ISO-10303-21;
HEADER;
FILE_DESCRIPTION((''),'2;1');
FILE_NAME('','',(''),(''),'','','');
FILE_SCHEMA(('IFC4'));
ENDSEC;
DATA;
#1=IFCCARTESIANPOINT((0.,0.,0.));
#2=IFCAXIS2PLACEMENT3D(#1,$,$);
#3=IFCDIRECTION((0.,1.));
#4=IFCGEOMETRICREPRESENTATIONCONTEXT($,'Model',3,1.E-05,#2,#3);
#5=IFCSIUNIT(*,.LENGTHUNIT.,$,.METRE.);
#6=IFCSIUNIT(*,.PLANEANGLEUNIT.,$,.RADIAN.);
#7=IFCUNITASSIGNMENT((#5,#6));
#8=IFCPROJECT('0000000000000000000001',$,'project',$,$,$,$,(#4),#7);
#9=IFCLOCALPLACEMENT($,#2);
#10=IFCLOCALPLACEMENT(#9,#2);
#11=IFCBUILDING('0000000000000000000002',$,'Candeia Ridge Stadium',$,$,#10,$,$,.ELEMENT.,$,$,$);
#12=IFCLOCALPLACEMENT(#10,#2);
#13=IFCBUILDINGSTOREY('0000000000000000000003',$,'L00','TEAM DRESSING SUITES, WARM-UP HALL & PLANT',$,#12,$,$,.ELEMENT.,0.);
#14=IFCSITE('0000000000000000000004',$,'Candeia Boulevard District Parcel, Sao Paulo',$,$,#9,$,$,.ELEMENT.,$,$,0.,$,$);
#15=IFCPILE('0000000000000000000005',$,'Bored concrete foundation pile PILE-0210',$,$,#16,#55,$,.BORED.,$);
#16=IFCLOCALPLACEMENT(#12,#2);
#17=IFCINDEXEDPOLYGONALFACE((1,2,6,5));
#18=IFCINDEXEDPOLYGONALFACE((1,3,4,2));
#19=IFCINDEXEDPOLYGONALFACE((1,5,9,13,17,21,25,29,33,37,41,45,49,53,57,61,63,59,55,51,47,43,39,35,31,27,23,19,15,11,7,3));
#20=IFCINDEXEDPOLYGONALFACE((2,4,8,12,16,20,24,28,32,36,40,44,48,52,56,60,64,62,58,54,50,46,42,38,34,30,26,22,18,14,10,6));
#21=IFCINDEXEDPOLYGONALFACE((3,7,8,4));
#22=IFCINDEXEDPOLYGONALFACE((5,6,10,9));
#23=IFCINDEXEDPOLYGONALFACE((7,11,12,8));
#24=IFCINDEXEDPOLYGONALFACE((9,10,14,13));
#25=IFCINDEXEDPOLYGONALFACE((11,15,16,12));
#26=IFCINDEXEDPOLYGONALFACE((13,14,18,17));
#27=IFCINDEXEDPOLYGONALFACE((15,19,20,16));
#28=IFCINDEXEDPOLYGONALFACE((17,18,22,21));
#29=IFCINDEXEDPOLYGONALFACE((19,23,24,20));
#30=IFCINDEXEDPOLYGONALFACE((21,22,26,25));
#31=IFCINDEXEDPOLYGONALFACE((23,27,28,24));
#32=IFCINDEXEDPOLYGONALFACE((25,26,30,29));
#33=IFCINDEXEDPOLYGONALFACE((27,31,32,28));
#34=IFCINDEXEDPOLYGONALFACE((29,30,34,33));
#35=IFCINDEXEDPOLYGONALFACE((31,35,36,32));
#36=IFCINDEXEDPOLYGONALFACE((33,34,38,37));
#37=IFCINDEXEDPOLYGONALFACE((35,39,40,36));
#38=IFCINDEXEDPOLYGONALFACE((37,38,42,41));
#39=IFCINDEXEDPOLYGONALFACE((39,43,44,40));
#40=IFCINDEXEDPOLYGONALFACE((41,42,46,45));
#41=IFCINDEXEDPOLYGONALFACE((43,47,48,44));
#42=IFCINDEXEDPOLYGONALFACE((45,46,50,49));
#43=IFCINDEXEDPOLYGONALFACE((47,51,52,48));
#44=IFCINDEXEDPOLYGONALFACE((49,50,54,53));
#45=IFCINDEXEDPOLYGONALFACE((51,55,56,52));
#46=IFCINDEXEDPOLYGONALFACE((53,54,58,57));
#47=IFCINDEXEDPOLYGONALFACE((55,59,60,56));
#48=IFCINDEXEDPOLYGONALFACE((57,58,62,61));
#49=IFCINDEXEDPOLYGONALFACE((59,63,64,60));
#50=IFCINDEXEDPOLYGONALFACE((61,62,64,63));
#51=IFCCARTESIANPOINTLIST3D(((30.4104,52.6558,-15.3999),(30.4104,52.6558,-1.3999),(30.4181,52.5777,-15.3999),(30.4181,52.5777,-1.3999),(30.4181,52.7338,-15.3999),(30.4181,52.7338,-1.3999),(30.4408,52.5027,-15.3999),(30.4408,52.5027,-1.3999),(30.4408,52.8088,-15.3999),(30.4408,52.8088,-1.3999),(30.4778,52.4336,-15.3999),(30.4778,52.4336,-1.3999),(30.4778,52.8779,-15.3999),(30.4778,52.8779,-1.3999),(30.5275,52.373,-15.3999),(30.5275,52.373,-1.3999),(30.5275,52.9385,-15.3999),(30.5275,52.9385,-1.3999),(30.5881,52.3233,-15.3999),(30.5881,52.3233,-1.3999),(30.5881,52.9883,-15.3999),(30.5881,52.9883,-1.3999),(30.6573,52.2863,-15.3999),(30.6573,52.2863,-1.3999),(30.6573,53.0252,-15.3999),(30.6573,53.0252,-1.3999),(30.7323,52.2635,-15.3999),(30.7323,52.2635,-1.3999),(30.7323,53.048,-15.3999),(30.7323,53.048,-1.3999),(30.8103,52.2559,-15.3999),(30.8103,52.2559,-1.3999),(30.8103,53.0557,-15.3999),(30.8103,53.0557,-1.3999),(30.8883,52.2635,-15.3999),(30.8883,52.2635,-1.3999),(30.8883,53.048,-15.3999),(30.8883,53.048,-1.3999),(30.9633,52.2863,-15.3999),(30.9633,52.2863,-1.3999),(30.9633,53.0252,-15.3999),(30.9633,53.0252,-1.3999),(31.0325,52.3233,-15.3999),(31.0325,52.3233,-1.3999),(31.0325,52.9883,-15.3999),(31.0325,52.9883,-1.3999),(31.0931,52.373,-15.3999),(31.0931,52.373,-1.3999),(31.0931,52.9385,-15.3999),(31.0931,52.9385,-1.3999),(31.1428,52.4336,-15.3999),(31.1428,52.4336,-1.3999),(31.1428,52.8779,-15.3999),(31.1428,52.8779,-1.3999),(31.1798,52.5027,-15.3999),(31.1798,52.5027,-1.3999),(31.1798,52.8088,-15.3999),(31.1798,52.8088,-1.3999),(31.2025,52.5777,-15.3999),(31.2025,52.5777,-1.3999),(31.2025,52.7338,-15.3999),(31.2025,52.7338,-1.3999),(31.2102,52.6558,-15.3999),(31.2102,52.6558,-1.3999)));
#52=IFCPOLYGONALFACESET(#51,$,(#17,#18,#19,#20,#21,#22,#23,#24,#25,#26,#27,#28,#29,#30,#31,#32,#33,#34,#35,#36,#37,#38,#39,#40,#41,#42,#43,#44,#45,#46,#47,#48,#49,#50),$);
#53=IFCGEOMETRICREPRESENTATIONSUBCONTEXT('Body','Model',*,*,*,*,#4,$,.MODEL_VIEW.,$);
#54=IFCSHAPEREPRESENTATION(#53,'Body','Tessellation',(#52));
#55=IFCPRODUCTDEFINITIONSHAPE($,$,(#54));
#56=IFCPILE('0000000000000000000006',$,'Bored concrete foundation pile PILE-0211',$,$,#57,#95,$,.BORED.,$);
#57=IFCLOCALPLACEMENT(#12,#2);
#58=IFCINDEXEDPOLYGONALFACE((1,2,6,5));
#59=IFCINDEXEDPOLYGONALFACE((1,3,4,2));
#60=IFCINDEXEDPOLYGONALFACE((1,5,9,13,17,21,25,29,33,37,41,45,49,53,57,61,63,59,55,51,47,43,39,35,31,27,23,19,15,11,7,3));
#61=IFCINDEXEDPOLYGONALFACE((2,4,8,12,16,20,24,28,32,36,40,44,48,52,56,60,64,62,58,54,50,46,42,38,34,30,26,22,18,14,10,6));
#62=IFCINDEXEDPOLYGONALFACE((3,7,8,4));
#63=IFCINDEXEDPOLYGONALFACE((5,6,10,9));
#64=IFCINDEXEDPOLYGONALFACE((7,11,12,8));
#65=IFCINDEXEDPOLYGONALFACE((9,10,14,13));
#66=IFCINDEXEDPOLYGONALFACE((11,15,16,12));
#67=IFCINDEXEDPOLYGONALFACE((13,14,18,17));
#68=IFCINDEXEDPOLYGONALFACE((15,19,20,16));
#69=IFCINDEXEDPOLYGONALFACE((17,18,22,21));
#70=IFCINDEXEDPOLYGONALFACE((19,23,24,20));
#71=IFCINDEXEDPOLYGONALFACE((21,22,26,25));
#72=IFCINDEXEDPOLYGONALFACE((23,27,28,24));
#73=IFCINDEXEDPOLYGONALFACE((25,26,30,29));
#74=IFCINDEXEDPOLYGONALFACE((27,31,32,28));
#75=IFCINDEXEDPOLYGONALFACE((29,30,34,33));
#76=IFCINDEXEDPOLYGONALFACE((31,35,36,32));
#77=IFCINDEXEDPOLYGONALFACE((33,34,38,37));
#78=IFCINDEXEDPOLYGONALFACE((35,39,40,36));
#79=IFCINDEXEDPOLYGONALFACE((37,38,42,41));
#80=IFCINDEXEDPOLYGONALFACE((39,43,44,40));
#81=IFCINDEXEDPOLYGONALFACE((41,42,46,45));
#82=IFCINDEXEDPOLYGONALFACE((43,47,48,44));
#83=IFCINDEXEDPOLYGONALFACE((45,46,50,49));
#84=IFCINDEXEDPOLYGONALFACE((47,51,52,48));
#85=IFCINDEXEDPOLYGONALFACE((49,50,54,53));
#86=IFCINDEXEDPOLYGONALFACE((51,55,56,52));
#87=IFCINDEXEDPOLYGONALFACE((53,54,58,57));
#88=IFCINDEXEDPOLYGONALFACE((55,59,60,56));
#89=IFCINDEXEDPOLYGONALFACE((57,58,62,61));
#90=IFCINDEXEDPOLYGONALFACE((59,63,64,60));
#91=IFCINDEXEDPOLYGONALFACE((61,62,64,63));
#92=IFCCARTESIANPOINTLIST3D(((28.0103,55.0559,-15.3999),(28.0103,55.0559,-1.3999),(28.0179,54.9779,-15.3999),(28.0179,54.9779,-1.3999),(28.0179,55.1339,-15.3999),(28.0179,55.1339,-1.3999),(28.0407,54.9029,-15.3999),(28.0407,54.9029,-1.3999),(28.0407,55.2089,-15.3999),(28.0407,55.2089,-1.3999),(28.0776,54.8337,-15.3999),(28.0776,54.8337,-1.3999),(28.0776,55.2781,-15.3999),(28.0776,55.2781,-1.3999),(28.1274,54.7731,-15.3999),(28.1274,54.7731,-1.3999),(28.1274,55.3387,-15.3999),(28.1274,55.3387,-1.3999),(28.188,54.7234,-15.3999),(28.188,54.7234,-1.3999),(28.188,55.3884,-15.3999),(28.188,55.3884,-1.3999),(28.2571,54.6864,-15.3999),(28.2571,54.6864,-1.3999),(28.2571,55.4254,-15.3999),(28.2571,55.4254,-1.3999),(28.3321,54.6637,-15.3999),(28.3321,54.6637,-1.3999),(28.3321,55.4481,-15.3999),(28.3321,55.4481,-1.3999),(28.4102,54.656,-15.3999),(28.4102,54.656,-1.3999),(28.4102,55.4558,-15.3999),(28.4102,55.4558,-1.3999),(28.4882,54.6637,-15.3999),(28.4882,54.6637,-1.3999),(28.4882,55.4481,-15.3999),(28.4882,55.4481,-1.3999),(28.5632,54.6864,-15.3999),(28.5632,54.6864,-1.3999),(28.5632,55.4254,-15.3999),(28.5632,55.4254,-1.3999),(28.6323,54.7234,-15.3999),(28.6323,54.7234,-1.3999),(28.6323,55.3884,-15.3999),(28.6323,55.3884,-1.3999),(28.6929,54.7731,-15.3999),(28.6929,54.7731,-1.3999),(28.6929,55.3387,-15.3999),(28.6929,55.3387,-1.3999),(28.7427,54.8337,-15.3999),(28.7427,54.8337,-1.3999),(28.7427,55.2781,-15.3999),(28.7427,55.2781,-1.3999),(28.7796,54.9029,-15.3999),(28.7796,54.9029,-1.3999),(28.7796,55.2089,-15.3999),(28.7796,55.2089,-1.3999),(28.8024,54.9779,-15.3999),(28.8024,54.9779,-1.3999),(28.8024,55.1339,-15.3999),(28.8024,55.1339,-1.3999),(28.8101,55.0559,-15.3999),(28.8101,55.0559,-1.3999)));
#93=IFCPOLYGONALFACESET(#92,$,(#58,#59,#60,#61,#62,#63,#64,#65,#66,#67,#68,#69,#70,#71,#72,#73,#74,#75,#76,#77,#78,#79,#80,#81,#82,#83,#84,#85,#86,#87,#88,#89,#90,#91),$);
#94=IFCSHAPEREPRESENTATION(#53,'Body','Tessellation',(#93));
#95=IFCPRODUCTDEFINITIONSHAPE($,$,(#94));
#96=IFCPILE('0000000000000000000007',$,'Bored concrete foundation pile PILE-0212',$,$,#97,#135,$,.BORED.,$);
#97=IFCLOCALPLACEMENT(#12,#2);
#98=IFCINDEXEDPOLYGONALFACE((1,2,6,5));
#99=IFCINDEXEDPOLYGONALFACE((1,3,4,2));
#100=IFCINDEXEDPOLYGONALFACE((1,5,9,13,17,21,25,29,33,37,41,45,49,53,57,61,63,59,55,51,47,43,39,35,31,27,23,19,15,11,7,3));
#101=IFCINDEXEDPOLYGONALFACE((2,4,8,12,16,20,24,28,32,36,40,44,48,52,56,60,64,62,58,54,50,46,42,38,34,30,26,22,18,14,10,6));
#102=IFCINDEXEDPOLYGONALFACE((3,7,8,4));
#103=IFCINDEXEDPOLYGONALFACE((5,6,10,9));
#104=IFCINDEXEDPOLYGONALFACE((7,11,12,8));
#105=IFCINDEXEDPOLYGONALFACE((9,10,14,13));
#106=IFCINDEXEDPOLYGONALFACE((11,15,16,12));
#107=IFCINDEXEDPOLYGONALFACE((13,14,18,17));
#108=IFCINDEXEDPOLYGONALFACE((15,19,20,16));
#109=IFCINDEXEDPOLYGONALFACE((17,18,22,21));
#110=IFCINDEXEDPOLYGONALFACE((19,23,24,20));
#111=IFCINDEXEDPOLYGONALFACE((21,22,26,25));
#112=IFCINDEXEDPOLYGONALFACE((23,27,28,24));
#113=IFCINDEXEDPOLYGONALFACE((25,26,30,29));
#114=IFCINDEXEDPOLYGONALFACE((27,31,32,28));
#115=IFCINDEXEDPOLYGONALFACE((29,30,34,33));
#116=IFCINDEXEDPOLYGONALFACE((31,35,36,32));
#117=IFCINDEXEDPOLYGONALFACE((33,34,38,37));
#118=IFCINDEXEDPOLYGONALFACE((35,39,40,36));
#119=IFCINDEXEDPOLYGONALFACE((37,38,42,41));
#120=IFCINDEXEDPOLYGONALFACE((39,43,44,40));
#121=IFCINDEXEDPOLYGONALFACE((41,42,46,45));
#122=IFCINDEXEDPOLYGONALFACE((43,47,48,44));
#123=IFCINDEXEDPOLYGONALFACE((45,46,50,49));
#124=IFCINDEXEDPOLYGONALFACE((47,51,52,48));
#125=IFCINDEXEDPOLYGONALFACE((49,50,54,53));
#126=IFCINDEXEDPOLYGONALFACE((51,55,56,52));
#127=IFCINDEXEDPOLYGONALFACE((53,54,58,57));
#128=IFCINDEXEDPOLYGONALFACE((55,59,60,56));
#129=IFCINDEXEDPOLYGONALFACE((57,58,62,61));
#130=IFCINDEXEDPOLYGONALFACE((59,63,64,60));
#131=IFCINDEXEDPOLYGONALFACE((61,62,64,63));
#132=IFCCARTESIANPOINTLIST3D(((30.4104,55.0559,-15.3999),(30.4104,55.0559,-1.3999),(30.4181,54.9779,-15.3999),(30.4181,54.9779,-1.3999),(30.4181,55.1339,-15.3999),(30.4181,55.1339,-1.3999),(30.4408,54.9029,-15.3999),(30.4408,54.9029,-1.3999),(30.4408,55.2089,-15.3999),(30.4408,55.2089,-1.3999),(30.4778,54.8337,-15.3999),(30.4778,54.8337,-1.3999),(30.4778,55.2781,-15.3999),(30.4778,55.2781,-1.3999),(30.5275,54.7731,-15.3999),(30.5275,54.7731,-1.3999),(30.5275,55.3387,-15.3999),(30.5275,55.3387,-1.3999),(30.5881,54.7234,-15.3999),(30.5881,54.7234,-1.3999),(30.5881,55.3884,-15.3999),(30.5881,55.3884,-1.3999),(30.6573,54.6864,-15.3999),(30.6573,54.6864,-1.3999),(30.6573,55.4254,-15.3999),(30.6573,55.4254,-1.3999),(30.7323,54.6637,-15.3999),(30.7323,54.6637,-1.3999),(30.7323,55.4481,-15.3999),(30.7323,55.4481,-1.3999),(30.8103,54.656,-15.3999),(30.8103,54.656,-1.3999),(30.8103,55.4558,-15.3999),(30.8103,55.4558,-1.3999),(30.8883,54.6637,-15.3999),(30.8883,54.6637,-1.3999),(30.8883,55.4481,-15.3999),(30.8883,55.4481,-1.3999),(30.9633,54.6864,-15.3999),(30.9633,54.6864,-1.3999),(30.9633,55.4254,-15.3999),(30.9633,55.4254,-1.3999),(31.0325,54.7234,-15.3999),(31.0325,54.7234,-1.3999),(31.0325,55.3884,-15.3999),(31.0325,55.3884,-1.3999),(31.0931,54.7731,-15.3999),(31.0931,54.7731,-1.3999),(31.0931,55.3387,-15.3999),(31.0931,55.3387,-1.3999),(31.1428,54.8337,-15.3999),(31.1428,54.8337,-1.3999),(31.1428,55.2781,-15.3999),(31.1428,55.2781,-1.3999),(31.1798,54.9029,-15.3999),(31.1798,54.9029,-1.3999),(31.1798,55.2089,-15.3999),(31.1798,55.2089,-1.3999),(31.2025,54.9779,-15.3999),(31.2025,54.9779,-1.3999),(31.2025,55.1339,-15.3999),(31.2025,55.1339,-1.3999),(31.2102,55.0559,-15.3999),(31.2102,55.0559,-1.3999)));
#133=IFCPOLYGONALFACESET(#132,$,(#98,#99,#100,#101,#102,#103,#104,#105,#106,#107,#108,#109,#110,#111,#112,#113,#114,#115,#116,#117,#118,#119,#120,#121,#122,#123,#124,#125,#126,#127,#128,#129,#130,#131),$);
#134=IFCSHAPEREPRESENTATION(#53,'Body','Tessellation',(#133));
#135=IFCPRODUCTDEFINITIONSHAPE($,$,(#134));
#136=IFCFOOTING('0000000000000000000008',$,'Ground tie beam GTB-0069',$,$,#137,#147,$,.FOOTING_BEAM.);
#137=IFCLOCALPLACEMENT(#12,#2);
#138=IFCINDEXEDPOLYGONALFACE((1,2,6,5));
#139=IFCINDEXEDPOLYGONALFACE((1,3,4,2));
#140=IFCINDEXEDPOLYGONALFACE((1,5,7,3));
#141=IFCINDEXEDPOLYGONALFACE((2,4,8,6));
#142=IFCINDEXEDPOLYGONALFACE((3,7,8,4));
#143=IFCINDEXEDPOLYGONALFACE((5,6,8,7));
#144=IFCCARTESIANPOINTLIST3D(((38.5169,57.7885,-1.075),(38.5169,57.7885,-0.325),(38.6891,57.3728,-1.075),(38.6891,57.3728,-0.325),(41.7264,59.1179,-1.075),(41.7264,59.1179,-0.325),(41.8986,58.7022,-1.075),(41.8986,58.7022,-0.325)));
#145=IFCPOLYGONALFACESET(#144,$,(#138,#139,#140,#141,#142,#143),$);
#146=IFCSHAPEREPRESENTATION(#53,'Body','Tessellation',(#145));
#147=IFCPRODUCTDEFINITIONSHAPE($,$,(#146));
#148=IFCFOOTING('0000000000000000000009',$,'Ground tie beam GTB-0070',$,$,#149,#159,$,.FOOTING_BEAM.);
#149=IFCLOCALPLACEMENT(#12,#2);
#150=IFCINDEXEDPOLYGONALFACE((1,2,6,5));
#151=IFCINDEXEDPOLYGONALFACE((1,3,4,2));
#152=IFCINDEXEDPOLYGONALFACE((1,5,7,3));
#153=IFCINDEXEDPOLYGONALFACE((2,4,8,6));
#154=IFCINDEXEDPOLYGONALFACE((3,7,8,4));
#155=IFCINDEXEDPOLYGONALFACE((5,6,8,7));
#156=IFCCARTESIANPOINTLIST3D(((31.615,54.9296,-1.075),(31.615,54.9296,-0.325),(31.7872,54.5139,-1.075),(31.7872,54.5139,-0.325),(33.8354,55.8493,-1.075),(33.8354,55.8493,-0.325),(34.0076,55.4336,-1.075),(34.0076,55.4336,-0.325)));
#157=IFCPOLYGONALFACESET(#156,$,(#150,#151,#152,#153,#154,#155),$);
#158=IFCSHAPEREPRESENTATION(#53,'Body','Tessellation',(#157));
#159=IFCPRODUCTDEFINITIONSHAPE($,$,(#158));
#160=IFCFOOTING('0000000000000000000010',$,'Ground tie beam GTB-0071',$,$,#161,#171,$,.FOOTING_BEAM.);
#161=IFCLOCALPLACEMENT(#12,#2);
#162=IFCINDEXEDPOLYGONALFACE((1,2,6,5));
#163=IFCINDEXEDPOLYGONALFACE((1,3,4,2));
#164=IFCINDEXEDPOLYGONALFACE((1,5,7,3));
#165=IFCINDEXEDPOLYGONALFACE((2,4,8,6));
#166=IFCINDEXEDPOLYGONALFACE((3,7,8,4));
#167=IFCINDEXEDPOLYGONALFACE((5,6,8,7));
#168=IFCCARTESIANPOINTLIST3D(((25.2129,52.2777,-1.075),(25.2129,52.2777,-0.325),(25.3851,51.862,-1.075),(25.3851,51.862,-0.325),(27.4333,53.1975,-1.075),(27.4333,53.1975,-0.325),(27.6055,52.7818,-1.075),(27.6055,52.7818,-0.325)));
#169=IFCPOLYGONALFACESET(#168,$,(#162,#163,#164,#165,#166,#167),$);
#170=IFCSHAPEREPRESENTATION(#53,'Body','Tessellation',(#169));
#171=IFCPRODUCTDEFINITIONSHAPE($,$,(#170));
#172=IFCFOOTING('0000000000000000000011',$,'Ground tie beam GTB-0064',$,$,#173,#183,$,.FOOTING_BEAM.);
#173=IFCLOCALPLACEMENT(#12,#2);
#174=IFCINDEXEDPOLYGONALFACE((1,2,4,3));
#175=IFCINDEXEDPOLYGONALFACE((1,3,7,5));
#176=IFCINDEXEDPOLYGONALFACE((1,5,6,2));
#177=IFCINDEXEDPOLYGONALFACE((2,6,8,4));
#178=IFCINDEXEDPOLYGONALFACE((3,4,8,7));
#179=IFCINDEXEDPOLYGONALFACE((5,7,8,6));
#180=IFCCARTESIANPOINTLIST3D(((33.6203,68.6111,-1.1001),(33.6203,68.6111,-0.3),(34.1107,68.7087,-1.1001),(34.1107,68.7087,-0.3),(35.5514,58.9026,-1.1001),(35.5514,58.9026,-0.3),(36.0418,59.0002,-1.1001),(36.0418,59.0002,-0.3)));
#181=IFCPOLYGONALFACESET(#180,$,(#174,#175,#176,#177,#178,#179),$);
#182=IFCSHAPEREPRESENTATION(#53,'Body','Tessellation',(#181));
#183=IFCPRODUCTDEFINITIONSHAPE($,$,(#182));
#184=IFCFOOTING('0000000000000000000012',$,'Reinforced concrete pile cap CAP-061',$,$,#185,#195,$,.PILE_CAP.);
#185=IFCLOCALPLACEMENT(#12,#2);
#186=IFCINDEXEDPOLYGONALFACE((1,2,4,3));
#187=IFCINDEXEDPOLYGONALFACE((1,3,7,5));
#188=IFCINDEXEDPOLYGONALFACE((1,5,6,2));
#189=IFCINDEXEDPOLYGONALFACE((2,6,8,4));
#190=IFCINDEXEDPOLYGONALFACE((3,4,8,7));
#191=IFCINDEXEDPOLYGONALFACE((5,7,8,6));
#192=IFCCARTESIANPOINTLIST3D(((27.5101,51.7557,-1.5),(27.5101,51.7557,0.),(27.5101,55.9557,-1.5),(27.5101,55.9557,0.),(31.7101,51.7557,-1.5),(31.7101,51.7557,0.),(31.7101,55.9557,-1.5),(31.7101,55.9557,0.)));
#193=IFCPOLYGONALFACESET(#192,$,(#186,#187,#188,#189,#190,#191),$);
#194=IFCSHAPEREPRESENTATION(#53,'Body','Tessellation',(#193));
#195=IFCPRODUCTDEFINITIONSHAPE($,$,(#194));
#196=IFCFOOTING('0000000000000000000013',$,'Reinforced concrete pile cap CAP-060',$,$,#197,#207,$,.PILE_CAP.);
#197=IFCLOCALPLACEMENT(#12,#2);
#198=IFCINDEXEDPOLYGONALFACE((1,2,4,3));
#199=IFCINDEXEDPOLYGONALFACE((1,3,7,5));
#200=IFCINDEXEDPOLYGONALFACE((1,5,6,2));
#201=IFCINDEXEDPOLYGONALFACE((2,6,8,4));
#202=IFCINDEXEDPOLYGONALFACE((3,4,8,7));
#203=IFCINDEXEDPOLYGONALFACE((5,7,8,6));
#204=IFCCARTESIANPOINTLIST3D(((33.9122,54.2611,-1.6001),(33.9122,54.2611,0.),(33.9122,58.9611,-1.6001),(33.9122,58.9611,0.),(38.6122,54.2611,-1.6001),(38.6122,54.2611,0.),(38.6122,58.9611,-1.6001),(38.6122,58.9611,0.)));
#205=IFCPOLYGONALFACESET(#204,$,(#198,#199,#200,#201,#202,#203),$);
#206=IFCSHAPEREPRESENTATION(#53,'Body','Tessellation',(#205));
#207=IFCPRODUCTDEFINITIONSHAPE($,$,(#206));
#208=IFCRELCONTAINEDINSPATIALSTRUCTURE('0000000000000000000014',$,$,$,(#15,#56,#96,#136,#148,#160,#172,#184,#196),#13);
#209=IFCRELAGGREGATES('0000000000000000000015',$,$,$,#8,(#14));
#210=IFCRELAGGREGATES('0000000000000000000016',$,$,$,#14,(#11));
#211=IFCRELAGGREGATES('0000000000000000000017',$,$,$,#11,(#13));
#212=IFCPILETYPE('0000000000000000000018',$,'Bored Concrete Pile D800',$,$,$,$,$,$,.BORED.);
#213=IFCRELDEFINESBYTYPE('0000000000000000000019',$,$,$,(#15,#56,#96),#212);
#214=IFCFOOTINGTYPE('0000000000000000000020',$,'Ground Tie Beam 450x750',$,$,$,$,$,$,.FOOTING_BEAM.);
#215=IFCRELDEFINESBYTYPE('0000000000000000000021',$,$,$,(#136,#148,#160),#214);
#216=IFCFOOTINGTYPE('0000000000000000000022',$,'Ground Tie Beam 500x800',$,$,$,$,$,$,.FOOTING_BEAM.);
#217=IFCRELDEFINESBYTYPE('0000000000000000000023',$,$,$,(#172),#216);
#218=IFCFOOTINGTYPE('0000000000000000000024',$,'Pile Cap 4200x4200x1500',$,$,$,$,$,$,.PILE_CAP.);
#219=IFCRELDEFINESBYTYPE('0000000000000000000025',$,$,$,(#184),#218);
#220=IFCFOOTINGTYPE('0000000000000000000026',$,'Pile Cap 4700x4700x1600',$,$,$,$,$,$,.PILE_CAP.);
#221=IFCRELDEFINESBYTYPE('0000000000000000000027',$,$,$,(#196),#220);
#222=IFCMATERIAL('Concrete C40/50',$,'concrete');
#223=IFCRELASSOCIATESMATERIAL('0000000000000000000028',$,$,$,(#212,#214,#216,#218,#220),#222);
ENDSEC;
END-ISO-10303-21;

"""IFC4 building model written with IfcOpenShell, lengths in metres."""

from ifc_helpers import new_model, si_unit, direction, frame, origin, origin_2d, place, context, subcontext, project, spatial, rectangle, circle, extrude, material, material_profile, profile_set, type_object, element, save


model = new_model("IFC4")

# Units and contexts
model_context = context("Model", 3, precision=1e-05, world=origin(), true_north=direction((0.0, 1.0)))
body_context = subcontext(model_context, "Body", "Model", "MODEL_VIEW")
ifc_project = project(units=[si_unit("LENGTHUNIT", "METRE"), si_unit("PLANEANGLEUNIT", "RADIAN")], contexts=[model_context])

# Site, building, storey
site_placement = place(None, origin())
site = spatial("IfcSite", under=ifc_project, at=site_placement, Name="Candeia Boulevard District Parcel, Sao Paulo", CompositionType="ELEMENT", RefElevation=0.0)
building_placement = place(site_placement, origin())
building = spatial("IfcBuilding", under=site, at=building_placement, Name="Candeia Ridge Stadium", CompositionType="ELEMENT")
storey_placement = place(building_placement, origin())
storey = spatial("IfcBuildingStorey", under=building, at=storey_placement, Name="L00", Description="TEAM DRESSING SUITES, WARM-UP HALL & PLANT", CompositionType="ELEMENT", Elevation=0.0)

# Piles
ifc_material_1 = material(Name="Concrete C40/50", Category="concrete")
ifc_material_profile_1 = material_profile(ifc_material_1, circle(Radius=0.3999, at=origin_2d()), Name="PILE-D800", Category="concrete")
ifc_profile_set_1 = profile_set([ifc_material_profile_1], Name="Concrete C40/50")
pile_type_1 = type_object("IfcPileType", Name="Bored Concrete Pile D800", PredefinedType="BORED", material=ifc_profile_set_1)
for number, where, z_axis, x_axis, name in (
    (1, (30.8103, 52.6558, -1.3999), (0.0, 0.0, -1.0), (1.0, 0.0, 0.0), "Bored concrete foundation pile PILE-0210"),
    (2, (28.4102, 55.0559, -1.3999), (0.0, 0.0, -1.0), (1.0, 0.0, 0.0), "Bored concrete foundation pile PILE-0211"),
    (3, (30.8103, 55.0559, -1.3999), (0.0, 0.0, -1.0), (1.0, 0.0, 0.0), "Bored concrete foundation pile PILE-0212"),
):
    element("IfcPile", number, at=place(storey_placement, frame(where, z_axis=z_axis, x_axis=x_axis)), inside=storey, type_object=pile_type_1, Name=name, PredefinedType="BORED", context=body_context, shape_type="SweptSolid", body=[
        extrude(circle(Radius=0.3999, at=origin_2d()), origin(), (0.0, 0.0, 1.0), 14.0),
    ])

# Footings
footing_type_1 = type_object("IfcFootingType", Name="Ground Tie Beam 450x750", PredefinedType="FOOTING_BEAM", material=ifc_material_1)
footing_1_placement = place(storey_placement, frame((40.2078, 58.2454, -1.075), z_axis=(0.0, 0.0, 1.0), x_axis=(-0.923881, -0.382679, 0.0)))
element("IfcFooting", 4, at=footing_1_placement, inside=storey, type_object=footing_type_1, Name="Ground tie beam GTB-0069", PredefinedType="FOOTING_BEAM", context=body_context, shape_type="SweptSolid", body=[
    extrude(rectangle(XDim=3.4739, YDim=0.45, at=origin_2d()), origin(), (0.0, 0.0, 1.0), 0.75),
])
for number, where, z_axis, x_axis, name in (
    (5, (32.8113, 55.1816, -1.075), (0.0, 0.0, 1.0), (-0.923882, -0.382676, 0.0), "Ground tie beam GTB-0070"),
    (6, (26.4092, 52.5298, -1.075), (0.0, 0.0, 1.0), (-0.923868, -0.382712, 0.0), "Ground tie beam GTB-0071"),
):
    element("IfcFooting", number, at=place(storey_placement, frame(where, z_axis=z_axis, x_axis=x_axis)), inside=storey, type_object=footing_type_1, Name=name, PredefinedType="FOOTING_BEAM", context=body_context, shape_type="SweptSolid", body=[
        extrude(rectangle(XDim=2.4033, YDim=0.45, at=origin_2d()), origin(), (0.0, 0.0, 1.0), 0.75),
    ])
footing_type_2 = type_object("IfcFootingType", Name="Ground Tie Beam 500x800", PredefinedType="FOOTING_BEAM", material=ifc_material_1)
footing_2_placement = place(storey_placement, frame((34.8311, 63.8057, -1.1001), z_axis=(0.0, 0.0, 1.0), x_axis=(0.195086, -0.980786, 0.0)))
element("IfcFooting", 7, at=footing_2_placement, inside=storey, type_object=footing_type_2, Name="Ground tie beam GTB-0064", PredefinedType="FOOTING_BEAM", context=body_context, shape_type="SweptSolid", body=[
    extrude(rectangle(XDim=9.8987, YDim=0.5, at=origin_2d()), origin(), (0.0, 0.0, 1.0), 0.8),
])
footing_type_3 = type_object("IfcFootingType", Name="Pile Cap 4200x4200x1500", PredefinedType="PILE_CAP", material=ifc_material_1)
footing_3_placement = place(storey_placement, frame((29.6101, 53.8557, -1.5), z_axis=(0.0, 0.0, 1.0), x_axis=(1.0, 0.0, 0.0)))
element("IfcFooting", 8, at=footing_3_placement, inside=storey, type_object=footing_type_3, Name="Reinforced concrete pile cap CAP-061", PredefinedType="PILE_CAP", context=body_context, shape_type="SweptSolid", body=[
    extrude(rectangle(XDim=4.2, YDim=4.2, at=origin_2d()), origin(), (0.0, 0.0, 1.0), 1.5),
])
footing_type_4 = type_object("IfcFootingType", Name="Pile Cap 4700x4700x1600", PredefinedType="PILE_CAP", material=ifc_material_1)
footing_4_placement = place(storey_placement, frame((36.2622, 56.6111, -1.6001), z_axis=(0.0, 0.0, 1.0), x_axis=(1.0, 0.0, 0.0)))
element("IfcFooting", 9, at=footing_4_placement, inside=storey, type_object=footing_type_4, Name="Reinforced concrete pile cap CAP-060", PredefinedType="PILE_CAP", context=body_context, shape_type="SweptSolid", body=[
    extrude(rectangle(XDim=4.7, YDim=4.7, at=origin_2d()), origin(), (0.0, 0.0, 1.0), 1.6001),
])

save(model, "model.ifc")
